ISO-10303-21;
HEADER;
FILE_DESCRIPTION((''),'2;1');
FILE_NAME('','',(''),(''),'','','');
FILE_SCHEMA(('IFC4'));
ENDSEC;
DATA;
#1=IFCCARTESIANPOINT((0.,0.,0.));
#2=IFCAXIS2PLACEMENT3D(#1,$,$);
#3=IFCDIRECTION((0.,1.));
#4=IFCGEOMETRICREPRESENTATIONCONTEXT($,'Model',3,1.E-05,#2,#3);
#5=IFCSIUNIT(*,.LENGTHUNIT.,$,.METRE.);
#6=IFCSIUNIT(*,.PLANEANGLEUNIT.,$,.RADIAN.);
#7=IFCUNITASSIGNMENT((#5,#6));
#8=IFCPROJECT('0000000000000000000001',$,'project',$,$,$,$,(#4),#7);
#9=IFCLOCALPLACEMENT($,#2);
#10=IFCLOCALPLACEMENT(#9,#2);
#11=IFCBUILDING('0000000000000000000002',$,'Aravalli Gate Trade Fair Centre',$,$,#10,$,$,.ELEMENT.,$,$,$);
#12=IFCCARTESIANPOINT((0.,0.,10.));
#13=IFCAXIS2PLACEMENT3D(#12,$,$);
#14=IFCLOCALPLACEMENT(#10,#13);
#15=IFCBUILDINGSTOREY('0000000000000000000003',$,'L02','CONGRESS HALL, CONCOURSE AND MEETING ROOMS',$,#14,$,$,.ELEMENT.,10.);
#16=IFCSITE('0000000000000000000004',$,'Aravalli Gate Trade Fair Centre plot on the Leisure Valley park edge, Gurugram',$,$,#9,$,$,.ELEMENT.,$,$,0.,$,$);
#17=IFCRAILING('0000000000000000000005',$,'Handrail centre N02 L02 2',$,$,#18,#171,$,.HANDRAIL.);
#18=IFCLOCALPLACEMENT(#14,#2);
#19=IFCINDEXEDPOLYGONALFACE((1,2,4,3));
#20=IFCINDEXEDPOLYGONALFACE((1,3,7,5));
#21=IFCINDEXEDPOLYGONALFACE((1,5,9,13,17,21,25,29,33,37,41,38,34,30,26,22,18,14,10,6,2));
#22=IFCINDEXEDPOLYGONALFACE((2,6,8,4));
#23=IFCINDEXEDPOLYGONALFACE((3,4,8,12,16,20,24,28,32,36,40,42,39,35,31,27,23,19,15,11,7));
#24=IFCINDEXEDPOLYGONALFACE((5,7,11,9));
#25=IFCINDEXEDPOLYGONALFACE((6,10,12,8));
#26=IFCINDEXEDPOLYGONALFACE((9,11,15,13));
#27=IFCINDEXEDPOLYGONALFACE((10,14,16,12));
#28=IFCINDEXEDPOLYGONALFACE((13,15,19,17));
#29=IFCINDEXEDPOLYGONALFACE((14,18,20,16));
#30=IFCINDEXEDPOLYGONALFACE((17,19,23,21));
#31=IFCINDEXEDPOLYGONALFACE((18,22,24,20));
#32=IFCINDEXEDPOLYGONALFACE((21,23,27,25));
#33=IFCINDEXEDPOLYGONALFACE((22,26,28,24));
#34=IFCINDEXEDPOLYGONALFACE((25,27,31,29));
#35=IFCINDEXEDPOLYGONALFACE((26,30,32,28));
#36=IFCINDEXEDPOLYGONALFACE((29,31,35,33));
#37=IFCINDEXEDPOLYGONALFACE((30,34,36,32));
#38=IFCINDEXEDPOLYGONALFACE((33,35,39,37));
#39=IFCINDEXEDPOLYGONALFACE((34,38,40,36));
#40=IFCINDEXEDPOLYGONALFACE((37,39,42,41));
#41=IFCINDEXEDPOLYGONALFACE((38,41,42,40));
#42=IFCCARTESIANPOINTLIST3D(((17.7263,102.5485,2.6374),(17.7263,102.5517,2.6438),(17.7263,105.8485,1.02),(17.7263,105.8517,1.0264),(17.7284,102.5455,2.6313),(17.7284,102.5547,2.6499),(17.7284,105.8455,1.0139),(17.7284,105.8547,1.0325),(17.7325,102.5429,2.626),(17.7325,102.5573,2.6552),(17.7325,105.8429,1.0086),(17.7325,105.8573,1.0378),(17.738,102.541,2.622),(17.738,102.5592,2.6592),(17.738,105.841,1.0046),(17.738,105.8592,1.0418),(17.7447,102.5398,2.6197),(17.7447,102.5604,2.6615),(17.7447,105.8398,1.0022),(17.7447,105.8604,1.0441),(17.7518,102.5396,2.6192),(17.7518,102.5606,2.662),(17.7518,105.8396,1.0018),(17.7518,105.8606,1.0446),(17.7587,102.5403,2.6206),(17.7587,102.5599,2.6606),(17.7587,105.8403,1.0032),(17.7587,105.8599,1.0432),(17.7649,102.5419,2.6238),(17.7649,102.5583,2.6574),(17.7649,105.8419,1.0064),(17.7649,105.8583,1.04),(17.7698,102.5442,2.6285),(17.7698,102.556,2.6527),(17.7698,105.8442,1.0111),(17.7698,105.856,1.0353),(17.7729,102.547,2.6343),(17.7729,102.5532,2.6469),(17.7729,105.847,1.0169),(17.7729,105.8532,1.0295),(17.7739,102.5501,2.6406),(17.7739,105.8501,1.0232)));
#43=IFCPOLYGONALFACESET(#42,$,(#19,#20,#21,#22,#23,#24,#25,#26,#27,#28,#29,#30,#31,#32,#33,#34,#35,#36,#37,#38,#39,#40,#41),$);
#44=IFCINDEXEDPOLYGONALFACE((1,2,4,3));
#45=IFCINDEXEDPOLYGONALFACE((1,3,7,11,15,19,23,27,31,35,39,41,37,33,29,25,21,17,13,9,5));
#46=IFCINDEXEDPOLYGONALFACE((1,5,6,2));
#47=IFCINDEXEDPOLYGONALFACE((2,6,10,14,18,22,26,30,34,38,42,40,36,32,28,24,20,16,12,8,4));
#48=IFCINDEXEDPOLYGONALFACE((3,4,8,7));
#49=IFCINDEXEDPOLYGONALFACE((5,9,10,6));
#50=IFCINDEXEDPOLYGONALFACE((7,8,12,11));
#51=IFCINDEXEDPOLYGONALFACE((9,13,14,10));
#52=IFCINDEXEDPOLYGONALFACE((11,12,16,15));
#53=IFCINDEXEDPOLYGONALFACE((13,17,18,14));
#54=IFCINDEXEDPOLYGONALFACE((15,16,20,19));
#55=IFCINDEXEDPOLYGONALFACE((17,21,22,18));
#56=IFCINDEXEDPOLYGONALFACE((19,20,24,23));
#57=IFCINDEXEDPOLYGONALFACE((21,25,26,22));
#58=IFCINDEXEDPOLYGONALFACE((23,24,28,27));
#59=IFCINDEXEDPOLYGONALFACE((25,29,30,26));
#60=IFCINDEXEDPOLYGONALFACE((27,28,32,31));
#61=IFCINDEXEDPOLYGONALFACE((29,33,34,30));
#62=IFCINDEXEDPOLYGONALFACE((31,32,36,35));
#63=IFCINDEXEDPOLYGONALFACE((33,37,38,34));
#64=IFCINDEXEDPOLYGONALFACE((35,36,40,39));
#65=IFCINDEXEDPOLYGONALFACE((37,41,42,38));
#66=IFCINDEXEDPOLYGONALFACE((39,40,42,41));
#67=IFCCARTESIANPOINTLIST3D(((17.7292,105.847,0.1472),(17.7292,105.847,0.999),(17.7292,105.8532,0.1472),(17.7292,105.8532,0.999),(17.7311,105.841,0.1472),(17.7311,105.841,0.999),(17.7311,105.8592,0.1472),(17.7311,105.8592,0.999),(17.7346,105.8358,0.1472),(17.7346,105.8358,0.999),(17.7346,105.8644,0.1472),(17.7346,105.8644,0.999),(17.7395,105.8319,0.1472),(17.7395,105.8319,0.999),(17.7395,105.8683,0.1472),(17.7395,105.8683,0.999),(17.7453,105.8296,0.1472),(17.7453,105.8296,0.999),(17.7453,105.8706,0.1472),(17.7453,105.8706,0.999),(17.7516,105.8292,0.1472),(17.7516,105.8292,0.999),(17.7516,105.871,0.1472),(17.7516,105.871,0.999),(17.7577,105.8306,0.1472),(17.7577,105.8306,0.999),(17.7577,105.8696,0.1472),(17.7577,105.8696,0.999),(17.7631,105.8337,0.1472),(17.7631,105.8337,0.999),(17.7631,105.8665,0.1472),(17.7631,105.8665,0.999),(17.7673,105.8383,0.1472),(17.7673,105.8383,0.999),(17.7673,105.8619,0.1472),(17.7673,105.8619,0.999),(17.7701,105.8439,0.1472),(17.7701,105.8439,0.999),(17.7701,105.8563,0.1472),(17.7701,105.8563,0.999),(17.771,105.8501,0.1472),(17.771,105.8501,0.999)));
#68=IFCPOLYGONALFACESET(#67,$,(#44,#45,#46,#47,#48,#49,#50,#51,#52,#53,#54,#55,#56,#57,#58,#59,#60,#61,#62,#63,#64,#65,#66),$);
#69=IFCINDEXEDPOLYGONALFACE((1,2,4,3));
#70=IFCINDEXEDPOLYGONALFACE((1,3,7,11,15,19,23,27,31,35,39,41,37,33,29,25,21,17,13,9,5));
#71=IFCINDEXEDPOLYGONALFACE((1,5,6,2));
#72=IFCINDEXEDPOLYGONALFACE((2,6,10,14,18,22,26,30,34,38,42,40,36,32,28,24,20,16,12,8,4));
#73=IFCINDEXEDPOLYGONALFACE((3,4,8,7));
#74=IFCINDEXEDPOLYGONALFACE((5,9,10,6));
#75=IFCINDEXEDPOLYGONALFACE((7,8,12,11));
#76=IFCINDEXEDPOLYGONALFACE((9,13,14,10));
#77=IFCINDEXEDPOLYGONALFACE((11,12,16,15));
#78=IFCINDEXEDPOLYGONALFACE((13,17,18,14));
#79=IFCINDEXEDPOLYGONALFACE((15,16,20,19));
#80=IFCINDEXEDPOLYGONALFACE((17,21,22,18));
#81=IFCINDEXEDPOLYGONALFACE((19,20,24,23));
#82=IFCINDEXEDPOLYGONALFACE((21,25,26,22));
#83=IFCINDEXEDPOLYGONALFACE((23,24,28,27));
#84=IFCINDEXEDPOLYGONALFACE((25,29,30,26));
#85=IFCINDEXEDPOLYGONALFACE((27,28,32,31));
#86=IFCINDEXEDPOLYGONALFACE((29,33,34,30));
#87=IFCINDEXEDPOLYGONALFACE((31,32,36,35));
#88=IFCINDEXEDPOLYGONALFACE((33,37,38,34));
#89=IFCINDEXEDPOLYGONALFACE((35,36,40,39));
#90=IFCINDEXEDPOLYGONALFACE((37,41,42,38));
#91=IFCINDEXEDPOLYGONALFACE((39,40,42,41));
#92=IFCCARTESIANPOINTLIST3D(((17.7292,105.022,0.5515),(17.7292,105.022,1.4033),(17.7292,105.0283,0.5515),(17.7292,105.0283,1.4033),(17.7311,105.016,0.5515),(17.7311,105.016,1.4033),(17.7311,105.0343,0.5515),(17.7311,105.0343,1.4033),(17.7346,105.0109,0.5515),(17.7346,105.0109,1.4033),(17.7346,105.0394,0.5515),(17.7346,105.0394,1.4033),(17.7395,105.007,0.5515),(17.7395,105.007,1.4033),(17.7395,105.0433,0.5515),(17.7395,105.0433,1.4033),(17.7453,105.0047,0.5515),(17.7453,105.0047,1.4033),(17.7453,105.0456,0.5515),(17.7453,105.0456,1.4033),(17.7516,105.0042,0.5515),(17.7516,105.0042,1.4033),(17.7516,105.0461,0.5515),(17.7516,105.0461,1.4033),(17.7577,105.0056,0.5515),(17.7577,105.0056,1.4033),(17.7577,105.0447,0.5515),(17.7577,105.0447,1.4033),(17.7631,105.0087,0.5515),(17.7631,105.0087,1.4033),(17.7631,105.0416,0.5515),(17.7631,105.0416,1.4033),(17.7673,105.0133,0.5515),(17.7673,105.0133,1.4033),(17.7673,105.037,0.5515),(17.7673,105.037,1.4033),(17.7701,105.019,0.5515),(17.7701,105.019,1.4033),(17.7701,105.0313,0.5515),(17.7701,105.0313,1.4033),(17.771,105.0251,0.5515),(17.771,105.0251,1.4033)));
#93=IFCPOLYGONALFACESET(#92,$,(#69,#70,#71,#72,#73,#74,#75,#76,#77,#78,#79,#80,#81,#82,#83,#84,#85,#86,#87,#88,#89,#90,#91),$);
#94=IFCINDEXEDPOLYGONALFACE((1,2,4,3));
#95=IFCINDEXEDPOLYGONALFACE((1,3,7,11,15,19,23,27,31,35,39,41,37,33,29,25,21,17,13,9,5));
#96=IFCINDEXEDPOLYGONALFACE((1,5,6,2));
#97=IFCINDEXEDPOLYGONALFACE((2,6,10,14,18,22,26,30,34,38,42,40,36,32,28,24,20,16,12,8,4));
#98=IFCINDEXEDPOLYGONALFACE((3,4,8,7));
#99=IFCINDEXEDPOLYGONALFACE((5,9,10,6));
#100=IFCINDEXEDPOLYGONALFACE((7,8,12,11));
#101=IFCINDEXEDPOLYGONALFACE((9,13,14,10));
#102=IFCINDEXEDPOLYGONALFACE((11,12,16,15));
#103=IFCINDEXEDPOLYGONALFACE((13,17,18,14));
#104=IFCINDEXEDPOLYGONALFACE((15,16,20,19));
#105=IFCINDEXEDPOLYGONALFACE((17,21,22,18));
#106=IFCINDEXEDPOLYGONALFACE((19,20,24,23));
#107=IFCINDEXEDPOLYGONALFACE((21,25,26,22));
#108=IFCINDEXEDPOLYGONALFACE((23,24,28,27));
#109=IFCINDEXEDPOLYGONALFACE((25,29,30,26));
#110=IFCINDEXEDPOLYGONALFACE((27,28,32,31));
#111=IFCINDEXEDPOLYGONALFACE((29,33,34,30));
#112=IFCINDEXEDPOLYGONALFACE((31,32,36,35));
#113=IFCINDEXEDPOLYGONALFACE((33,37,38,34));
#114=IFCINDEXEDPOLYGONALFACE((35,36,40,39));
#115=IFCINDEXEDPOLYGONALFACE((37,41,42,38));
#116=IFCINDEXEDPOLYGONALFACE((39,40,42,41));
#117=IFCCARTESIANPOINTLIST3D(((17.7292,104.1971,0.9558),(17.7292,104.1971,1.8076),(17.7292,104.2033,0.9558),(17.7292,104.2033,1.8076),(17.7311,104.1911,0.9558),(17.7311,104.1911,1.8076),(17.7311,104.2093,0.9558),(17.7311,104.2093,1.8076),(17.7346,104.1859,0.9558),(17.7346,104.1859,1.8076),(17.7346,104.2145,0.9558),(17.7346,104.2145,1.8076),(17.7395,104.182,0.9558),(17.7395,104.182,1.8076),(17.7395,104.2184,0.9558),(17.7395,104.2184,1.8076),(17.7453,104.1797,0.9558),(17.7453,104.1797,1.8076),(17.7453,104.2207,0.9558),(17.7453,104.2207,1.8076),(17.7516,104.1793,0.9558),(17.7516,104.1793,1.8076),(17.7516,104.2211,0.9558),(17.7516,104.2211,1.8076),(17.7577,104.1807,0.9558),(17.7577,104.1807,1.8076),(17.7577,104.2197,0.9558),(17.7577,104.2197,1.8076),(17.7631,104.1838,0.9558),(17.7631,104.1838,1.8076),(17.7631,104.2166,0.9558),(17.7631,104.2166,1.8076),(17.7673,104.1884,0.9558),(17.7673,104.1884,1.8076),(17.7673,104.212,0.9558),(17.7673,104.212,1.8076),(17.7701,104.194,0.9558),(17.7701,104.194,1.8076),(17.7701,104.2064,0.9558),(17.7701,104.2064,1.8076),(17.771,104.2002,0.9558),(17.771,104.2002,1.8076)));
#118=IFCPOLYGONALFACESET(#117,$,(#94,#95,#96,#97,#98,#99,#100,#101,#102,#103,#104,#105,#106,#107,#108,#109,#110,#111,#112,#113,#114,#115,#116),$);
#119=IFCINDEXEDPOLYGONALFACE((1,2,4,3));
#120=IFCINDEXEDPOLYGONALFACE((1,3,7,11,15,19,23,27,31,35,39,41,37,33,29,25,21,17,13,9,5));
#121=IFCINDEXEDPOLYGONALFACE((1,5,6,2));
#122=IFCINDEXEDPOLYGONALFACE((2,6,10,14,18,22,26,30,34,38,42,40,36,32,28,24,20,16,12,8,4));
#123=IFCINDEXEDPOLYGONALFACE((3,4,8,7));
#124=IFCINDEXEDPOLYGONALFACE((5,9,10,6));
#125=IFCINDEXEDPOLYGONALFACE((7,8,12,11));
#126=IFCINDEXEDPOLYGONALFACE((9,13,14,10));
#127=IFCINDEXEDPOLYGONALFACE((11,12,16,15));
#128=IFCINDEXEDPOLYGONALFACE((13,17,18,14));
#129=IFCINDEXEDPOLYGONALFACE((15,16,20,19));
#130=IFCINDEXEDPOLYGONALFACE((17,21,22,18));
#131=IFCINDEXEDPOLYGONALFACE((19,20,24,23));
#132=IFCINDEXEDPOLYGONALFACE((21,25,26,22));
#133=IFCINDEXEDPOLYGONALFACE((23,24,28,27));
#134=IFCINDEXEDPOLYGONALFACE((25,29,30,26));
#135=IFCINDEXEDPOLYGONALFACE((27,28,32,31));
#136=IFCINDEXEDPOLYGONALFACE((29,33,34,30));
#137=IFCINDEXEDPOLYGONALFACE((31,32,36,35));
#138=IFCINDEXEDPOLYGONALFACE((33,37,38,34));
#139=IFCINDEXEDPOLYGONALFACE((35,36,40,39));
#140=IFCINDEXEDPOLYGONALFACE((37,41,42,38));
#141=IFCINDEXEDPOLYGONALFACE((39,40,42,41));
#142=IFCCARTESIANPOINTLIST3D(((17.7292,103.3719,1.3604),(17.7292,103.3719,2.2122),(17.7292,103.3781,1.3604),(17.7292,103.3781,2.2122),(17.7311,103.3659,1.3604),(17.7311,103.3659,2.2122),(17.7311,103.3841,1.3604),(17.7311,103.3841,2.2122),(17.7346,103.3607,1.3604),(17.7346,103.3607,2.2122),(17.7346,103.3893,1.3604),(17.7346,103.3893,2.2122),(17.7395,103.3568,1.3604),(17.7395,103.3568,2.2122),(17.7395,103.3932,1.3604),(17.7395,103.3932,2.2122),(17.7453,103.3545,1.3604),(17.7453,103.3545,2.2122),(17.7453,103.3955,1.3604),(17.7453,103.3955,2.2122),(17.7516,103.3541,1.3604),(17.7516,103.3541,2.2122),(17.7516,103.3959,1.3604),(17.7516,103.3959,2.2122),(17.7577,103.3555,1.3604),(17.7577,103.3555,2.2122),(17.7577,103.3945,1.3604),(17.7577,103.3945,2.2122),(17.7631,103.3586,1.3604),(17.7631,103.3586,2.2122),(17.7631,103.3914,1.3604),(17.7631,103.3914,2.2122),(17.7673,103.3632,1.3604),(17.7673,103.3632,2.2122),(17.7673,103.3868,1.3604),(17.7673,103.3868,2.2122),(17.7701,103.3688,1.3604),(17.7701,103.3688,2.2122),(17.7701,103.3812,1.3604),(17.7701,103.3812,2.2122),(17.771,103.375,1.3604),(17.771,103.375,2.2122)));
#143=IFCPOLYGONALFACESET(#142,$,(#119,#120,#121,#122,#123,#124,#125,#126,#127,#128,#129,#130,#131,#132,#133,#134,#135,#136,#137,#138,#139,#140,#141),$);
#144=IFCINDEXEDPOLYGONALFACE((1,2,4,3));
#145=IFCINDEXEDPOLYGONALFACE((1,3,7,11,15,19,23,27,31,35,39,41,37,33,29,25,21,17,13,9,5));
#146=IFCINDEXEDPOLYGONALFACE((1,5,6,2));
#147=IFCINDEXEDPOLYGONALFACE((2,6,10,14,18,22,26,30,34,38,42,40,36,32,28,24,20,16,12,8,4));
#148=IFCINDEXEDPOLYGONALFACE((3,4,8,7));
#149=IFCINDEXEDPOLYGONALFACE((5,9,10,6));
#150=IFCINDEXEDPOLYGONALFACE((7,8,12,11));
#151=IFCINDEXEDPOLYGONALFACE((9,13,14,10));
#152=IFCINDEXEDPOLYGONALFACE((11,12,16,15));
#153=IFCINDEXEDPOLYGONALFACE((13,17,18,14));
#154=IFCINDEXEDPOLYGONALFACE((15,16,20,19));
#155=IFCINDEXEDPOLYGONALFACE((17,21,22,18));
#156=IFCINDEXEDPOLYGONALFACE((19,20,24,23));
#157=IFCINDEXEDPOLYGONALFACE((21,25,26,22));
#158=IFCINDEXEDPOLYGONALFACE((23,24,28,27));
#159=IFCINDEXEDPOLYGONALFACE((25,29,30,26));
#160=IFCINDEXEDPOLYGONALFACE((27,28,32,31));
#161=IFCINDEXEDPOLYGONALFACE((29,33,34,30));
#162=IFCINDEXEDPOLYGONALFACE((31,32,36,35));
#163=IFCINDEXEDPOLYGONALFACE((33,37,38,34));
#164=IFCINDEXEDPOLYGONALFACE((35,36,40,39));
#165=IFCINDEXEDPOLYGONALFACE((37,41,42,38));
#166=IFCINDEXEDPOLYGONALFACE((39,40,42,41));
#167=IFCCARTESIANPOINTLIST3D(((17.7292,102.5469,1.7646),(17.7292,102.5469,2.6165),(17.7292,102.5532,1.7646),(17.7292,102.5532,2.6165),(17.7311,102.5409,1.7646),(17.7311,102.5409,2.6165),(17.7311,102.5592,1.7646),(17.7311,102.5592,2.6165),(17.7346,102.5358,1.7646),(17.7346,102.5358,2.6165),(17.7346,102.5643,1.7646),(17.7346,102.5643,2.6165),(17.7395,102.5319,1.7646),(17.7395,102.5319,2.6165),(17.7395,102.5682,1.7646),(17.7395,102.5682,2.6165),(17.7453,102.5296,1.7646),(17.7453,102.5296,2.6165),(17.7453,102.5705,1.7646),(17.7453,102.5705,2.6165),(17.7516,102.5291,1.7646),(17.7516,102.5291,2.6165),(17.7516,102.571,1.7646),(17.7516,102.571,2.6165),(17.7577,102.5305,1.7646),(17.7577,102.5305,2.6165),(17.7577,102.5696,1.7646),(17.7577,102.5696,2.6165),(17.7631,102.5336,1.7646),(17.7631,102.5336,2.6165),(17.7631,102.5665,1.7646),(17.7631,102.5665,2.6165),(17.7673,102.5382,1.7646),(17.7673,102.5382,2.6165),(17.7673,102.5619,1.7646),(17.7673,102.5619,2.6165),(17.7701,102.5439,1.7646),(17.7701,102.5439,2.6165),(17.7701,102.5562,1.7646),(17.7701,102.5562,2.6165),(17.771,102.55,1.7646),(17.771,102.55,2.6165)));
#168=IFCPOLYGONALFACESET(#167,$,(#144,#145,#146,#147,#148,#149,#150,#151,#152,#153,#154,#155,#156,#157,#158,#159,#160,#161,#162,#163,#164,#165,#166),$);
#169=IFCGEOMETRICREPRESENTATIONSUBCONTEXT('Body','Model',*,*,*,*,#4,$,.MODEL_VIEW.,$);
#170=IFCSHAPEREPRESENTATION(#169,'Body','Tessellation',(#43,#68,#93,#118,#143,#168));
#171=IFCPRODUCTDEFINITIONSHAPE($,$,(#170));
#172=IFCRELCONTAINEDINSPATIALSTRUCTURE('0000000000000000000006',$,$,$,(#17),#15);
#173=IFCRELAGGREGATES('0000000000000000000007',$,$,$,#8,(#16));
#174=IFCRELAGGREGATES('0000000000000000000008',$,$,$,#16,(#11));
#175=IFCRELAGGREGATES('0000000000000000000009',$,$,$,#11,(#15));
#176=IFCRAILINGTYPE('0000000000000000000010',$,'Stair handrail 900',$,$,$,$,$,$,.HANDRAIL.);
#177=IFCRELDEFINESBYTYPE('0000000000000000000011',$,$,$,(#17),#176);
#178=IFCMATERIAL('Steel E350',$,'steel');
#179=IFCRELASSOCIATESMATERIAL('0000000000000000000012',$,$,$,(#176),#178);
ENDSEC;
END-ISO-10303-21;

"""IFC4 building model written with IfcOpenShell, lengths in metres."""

from ifc_helpers import new_model, si_unit, direction, frame, origin, origin_2d, place, context, subcontext, project, spatial, circle, extrude, material, type_object, element, save


model = new_model("IFC4")

# Units and contexts
model_context = context("Model", 3, precision=1e-05, world=origin(), true_north=direction((0.0, 1.0)))
body_context = subcontext(model_context, "Body", "Model", "MODEL_VIEW")
ifc_project = project(units=[si_unit("LENGTHUNIT", "METRE"), si_unit("PLANEANGLEUNIT", "RADIAN")], contexts=[model_context])

# Site, building, storey
site_placement = place(None, origin())
site = spatial("IfcSite", under=ifc_project, at=site_placement, Name="Aravalli Gate Trade Fair Centre plot on the Leisure Valley park edge, Gurugram", CompositionType="ELEMENT", RefElevation=0.0)
building_placement = place(site_placement, origin())
building = spatial("IfcBuilding", under=site, at=building_placement, Name="Aravalli Gate Trade Fair Centre", CompositionType="ELEMENT")
storey_placement = place(building_placement, frame((0.0, 0.0, 10.0)))
storey = spatial("IfcBuildingStorey", under=building, at=storey_placement, Name="L02", Description="CONGRESS HALL, CONCOURSE AND MEETING ROOMS", CompositionType="ELEMENT", Elevation=10.0)

# Shared definitions
ifc_material_1 = material(Name="Steel E350", Category="steel")

# Railing
railing_type_1 = type_object("IfcRailingType", Name="Stair handrail 900", PredefinedType="HANDRAIL", material=ifc_material_1)
railing_1_placement = place(storey_placement, frame((17.75, 105.8501, 0.1472)))
element("IfcRailing", 1, at=railing_1_placement, inside=storey, type_object=railing_type_1, Name="Handrail centre N02 L02 2", PredefinedType="HANDRAIL", context=body_context, shape_type="SweptSolid", body=[
    extrude(circle(Radius=0.0239, at=origin_2d()), frame((0.0, 0.0, 0.876), z_axis=(0.0, -0.897946, 0.440105), x_axis=(1.0, 0.0, 0.0)), (0.0, 0.0, 1.0), 3.675),
    extrude(circle(Radius=0.021, at=origin_2d()), origin(), (0.0, 0.0, 1.0), 0.8518),
    extrude(circle(Radius=0.021, at=origin_2d()), frame((0.0, -0.825, 0.4043)), (0.0, 0.0, 1.0), 0.8518),
    extrude(circle(Radius=0.021, at=origin_2d()), frame((0.0, -1.6499, 0.8086)), (0.0, 0.0, 1.0), 0.8518),
    extrude(circle(Radius=0.021, at=origin_2d()), frame((0.0, -2.4751, 1.2131)), (0.0, 0.0, 1.0), 0.8518),
    extrude(circle(Radius=0.021, at=origin_2d()), frame((0.0, -3.3, 1.6174)), (0.0, 0.0, 1.0), 0.8518),
])

save(model, "model.ifc")
